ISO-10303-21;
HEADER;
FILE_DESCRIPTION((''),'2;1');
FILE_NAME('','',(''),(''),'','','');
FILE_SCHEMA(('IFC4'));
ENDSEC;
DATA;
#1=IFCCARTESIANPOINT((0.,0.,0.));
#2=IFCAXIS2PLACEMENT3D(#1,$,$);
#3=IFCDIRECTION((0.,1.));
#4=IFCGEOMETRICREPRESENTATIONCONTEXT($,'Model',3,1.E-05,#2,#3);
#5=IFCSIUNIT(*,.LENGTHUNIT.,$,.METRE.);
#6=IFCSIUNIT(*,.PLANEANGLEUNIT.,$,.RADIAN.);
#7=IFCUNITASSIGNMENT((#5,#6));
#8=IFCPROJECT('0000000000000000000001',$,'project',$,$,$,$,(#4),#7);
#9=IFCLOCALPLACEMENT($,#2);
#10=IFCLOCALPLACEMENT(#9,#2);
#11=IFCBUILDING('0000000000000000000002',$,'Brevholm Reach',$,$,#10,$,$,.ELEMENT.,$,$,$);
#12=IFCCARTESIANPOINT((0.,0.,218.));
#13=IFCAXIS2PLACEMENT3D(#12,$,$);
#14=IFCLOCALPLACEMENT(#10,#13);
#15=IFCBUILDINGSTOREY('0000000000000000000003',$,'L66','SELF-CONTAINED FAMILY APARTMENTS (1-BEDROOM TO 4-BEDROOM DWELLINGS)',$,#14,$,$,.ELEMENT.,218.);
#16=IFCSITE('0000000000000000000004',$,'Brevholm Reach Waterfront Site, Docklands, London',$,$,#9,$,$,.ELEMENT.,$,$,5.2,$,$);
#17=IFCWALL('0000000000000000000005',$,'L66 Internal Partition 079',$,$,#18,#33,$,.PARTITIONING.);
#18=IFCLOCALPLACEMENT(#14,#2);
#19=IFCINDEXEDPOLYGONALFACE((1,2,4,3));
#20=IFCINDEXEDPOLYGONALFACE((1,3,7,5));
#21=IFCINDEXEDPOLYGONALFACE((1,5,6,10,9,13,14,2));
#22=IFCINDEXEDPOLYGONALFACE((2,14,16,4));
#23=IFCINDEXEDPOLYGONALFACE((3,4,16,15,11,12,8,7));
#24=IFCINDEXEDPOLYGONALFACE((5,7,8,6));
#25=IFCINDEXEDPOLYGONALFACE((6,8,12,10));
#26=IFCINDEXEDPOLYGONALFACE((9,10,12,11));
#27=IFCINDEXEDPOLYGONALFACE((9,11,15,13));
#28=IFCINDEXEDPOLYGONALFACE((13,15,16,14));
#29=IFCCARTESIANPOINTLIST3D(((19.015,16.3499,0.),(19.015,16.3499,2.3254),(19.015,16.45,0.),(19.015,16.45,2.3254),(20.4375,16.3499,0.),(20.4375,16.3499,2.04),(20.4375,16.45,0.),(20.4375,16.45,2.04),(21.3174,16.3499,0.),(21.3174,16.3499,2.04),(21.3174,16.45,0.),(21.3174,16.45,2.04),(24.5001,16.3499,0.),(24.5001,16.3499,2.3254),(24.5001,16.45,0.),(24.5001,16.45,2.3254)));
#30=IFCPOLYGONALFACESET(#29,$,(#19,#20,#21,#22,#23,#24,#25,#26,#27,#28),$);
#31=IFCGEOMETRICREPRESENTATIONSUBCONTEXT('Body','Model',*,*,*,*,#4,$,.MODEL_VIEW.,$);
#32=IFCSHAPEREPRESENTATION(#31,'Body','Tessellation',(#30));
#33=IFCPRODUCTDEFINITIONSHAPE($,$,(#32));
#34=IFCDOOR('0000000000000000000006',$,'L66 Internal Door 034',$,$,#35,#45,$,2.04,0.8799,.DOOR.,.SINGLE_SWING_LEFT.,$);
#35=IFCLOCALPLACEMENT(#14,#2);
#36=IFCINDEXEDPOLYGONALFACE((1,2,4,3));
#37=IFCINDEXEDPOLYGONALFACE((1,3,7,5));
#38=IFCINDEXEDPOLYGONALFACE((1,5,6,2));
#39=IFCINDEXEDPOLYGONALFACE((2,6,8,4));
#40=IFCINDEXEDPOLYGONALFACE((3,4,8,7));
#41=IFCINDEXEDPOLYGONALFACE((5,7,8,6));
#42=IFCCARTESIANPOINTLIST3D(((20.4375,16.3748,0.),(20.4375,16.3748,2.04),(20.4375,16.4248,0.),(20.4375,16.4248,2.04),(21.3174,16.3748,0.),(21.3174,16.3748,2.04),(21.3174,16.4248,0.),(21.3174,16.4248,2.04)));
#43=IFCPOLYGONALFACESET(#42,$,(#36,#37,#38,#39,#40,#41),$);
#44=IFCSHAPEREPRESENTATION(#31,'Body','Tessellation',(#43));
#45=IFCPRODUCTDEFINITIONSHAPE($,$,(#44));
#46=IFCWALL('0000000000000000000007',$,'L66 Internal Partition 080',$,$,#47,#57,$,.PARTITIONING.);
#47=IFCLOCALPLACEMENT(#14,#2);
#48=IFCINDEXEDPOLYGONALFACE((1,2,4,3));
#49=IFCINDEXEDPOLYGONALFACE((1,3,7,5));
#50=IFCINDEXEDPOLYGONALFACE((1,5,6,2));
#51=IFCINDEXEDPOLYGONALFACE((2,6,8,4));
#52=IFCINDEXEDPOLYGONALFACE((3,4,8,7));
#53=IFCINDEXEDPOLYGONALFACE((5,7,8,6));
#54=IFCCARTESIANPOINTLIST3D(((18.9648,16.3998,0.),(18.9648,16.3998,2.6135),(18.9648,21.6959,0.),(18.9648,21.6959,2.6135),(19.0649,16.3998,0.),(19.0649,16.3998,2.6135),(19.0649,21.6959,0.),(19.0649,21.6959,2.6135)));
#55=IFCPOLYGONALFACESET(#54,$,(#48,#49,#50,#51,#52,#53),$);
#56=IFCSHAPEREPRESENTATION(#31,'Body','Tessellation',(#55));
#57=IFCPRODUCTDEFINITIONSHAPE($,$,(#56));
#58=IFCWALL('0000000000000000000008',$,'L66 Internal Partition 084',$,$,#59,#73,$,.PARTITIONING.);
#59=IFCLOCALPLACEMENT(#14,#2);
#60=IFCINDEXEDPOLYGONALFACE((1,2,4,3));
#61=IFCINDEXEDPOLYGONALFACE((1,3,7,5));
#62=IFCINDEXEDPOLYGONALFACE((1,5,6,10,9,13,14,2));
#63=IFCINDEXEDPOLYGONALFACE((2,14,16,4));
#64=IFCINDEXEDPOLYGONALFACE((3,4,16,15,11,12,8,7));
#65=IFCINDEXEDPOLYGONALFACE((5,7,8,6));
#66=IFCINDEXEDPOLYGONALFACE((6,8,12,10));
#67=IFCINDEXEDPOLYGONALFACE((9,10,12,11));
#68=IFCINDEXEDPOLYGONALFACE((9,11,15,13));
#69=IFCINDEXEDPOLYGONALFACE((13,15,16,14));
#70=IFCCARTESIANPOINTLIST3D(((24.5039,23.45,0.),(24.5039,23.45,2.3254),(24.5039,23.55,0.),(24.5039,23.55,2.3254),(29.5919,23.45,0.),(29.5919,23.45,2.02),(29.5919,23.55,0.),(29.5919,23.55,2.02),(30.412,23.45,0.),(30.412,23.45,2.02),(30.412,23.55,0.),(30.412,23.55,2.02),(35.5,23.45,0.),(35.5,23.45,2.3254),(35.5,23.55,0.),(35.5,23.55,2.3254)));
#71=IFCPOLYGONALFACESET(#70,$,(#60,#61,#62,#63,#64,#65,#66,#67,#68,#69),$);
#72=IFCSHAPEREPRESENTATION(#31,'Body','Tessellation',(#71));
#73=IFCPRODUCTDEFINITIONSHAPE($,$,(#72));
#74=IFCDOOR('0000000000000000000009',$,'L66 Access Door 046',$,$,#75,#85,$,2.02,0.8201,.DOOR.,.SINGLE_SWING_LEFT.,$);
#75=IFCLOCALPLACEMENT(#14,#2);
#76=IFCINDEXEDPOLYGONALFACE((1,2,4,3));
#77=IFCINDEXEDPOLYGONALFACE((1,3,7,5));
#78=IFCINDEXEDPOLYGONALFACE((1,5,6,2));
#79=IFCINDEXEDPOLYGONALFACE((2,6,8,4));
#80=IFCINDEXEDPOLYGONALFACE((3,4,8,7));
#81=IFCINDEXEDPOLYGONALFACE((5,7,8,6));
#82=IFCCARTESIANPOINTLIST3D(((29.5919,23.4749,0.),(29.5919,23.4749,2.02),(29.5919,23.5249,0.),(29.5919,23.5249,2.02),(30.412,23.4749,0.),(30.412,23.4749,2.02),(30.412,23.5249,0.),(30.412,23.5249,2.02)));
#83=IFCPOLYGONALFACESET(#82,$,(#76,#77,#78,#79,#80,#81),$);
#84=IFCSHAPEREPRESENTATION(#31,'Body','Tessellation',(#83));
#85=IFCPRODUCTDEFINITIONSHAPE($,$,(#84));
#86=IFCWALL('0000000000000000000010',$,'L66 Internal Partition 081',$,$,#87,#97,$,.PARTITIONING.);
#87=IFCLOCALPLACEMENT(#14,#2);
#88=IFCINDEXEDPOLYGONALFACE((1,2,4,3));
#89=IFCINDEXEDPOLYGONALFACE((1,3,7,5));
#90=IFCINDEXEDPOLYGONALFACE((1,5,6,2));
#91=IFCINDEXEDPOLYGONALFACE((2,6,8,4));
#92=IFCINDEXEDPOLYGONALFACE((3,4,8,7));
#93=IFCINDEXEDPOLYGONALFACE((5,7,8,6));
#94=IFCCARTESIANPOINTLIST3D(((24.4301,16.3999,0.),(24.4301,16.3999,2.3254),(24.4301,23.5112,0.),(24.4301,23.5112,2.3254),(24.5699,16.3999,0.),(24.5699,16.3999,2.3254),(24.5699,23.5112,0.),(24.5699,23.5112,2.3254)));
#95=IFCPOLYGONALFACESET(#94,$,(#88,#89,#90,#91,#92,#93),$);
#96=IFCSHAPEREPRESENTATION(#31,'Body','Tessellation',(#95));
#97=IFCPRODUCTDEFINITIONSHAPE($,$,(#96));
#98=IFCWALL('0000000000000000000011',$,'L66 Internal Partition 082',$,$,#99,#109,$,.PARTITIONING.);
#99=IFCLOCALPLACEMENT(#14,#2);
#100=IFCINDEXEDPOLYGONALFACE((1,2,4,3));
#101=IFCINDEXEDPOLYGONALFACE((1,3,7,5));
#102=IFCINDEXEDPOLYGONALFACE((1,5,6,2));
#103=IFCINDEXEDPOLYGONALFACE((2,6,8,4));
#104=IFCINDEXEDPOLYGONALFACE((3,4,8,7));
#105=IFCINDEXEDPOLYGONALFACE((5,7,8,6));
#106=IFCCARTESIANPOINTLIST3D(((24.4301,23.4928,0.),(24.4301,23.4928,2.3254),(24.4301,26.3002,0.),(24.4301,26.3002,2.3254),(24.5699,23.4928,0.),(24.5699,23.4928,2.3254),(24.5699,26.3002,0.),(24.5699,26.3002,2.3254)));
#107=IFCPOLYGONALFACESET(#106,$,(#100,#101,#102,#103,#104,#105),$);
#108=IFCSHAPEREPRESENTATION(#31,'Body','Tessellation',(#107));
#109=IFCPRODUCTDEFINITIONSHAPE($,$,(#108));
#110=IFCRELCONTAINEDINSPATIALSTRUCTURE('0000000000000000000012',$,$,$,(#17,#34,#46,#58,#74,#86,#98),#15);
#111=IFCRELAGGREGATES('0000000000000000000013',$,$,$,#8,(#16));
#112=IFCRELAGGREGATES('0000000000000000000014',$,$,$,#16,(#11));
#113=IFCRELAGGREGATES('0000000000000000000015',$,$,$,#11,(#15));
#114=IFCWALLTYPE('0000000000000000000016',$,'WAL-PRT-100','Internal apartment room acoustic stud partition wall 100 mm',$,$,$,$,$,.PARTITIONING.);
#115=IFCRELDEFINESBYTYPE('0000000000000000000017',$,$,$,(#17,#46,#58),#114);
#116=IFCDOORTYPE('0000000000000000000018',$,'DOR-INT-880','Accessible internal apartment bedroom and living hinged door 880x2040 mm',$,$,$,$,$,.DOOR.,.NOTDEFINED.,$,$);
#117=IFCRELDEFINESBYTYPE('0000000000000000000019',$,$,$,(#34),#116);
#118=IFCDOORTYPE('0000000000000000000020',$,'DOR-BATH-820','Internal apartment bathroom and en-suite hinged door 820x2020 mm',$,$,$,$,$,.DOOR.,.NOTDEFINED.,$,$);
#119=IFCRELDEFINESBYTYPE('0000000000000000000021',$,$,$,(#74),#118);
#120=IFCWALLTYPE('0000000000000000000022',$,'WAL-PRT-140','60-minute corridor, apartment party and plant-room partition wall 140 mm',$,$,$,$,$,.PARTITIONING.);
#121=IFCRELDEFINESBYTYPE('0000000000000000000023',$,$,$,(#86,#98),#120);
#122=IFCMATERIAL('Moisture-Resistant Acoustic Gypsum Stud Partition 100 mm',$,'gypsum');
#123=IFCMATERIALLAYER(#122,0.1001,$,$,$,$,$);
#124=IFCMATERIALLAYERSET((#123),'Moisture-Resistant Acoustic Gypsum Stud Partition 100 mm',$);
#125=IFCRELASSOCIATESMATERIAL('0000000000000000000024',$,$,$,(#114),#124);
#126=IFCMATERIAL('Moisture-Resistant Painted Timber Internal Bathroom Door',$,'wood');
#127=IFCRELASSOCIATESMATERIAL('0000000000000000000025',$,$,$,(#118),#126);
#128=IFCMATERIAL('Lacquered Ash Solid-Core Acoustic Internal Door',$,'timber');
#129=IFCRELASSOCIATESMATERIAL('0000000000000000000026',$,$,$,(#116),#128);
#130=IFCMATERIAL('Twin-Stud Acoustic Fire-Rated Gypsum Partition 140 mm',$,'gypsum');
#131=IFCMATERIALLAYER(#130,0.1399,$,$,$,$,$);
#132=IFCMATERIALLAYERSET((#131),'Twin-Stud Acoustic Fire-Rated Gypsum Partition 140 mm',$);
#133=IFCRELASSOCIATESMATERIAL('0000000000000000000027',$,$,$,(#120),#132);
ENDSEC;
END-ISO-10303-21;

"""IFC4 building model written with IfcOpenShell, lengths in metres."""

from ifc_helpers import new_model, si_unit, direction, frame, frame_2d, origin, place, context, subcontext, project, spatial, rectangle, extrude, material, layer, layer_set, type_object, element, fill, save


model = new_model("IFC4")

# Units and contexts
model_context = context("Model", 3, precision=1e-05, world=origin(), true_north=direction((0.0, 1.0)))
body_context = subcontext(model_context, "Body", "Model", "MODEL_VIEW")
ifc_project = project(units=[si_unit("LENGTHUNIT", "METRE"), si_unit("PLANEANGLEUNIT", "RADIAN")], contexts=[model_context])

# Site, building, storey
site_placement = place(None, origin())
site = spatial("IfcSite", under=ifc_project, at=site_placement, Name="Brevholm Reach Waterfront Site, Docklands, London", CompositionType="ELEMENT", RefElevation=5.2)
building_placement = place(site_placement, origin())
building = spatial("IfcBuilding", under=site, at=building_placement, Name="Brevholm Reach", CompositionType="ELEMENT")
storey_placement = place(building_placement, frame((0.0, 0.0, 218.0)))
storey = spatial("IfcBuildingStorey", under=building, at=storey_placement, Name="L66", Description="SELF-CONTAINED FAMILY APARTMENTS (1-BEDROOM TO 4-BEDROOM DWELLINGS)", CompositionType="ELEMENT", Elevation=218.0)

# Shared definitions
ifc_material_1 = material(Name="Moisture-Resistant Acoustic Gypsum Stud Partition 100 mm", Category="gypsum")
ifc_layer_1 = layer(ifc_material_1, 0.1001)
ifc_layer_set_1 = layer_set([ifc_layer_1], Name="Moisture-Resistant Acoustic Gypsum Stud Partition 100 mm")
wall_type_1 = type_object("IfcWallType", Name="WAL-PRT-100", Description="Internal apartment room acoustic stud partition wall 100 mm", PredefinedType="PARTITIONING", material=ifc_layer_set_1)
ifc_material_2 = material(Name="Moisture-Resistant Painted Timber Internal Bathroom Door", Category="wood")
door_type_1 = type_object("IfcDoorType", Name="DOR-BATH-820", Description="Internal apartment bathroom and en-suite hinged door 820x2020 mm", OperationType="NOTDEFINED", PredefinedType="DOOR", material=ifc_material_2)

# Wall, opening, door
wall_1_placement = place(storey_placement, frame((19.0149, 16.3999, 0.0), z_axis=(0.0, 0.0, 1.0), x_axis=(1.0, 0.0, 0.0)))
wall_1 = element("IfcWall", 1, at=wall_1_placement, inside=storey, type_object=wall_type_1, Name="L66 Internal Partition 079", PredefinedType="PARTITIONING", context=body_context, shape_type="SweptSolid", body=[
    extrude(rectangle(XDim=5.4851, YDim=0.1001, at=frame_2d((2.7427, 0.0))), origin(), (0.0, 0.0, 1.0), 2.3254),
])
opening_1_placement = place(wall_1_placement, frame((1.4226, 0.0, 0.0)))
opening_1 = element("IfcOpeningElement", 2, at=opening_1_placement, cuts=wall_1, PredefinedType="OPENING", context=body_context, shape_type="SweptSolid", body=[
    extrude(rectangle(XDim=0.8799, YDim=2.04, at=frame_2d((0.4399, 1.02))), frame((0.0, 0.0601, 0.0), z_axis=(0.0, -1.0, 0.0), x_axis=(1.0, 0.0, 0.0)), (0.0, 0.0, 1.0), 0.1201),
])
ifc_material_3 = material(Name="Lacquered Ash Solid-Core Acoustic Internal Door", Category="timber")
door_type_2 = type_object("IfcDoorType", Name="DOR-INT-880", Description="Accessible internal apartment bedroom and living hinged door 880x2040 mm", OperationType="NOTDEFINED", PredefinedType="DOOR", material=ifc_material_3)
door_1_placement = place(opening_1_placement, origin())
door_1 = element("IfcDoor", 3, at=door_1_placement, inside=storey, type_object=door_type_2, Name="L66 Internal Door 034", OperationType="SINGLE_SWING_LEFT", OverallHeight=2.04, OverallWidth=0.8799, PredefinedType="DOOR", context=body_context, shape_type="SweptSolid", body=[
    extrude(rectangle(XDim=0.8799, YDim=2.04, at=frame_2d((0.4399, 1.02))), frame((0.0, 0.0249, 0.0), z_axis=(0.0, -1.0, 0.0), x_axis=(1.0, 0.0, 0.0)), (0.0, 0.0, 1.0), 0.05),
])
fill(opening_1, door_1)

# Wall
wall_2_placement = place(storey_placement, frame((19.0149, 16.3999, 0.0), z_axis=(0.0, 0.0, 1.0), x_axis=(0.0, 1.0, 0.0)))
element("IfcWall", 4, at=wall_2_placement, inside=storey, type_object=wall_type_1, Name="L66 Internal Partition 080", PredefinedType="PARTITIONING", context=body_context, shape_type="SweptSolid", body=[
    extrude(rectangle(XDim=5.2961, YDim=0.1001, at=frame_2d((2.6479, 0.0))), origin(), (0.0, 0.0, 1.0), 2.6135),
])

# Wall, opening, door
wall_3_placement = place(storey_placement, frame((24.5039, 23.5, 0.0), z_axis=(0.0, 0.0, 1.0), x_axis=(1.0, 0.0, 0.0)))
wall_3 = element("IfcWall", 5, at=wall_3_placement, inside=storey, type_object=wall_type_1, Name="L66 Internal Partition 084", PredefinedType="PARTITIONING", context=body_context, shape_type="SweptSolid", body=[
    extrude(rectangle(XDim=10.9961, YDim=0.1001, at=frame_2d((5.498, 0.0))), origin(), (0.0, 0.0, 1.0), 2.3254),
])
opening_2_placement = place(wall_3_placement, frame((5.0879, 0.0, 0.0)))
opening_2 = element("IfcOpeningElement", 6, at=opening_2_placement, cuts=wall_3, PredefinedType="OPENING", context=body_context, shape_type="SweptSolid", body=[
    extrude(rectangle(XDim=0.8201, YDim=2.02, at=frame_2d((0.4102, 1.01))), frame((0.0, 0.0601, 0.0), z_axis=(0.0, -1.0, 0.0), x_axis=(1.0, 0.0, 0.0)), (0.0, 0.0, 1.0), 0.1201),
])
door_2_placement = place(opening_2_placement, origin())
door_2 = element("IfcDoor", 7, at=door_2_placement, inside=storey, type_object=door_type_1, Name="L66 Access Door 046", OperationType="SINGLE_SWING_LEFT", OverallHeight=2.02, OverallWidth=0.8201, PredefinedType="DOOR", context=body_context, shape_type="SweptSolid", body=[
    extrude(rectangle(XDim=0.8201, YDim=2.02, at=frame_2d((0.4102, 1.01))), frame((0.0, 0.0249, 0.0), z_axis=(0.0, -1.0, 0.0), x_axis=(1.0, 0.0, 0.0)), (0.0, 0.0, 1.0), 0.05),
])
fill(opening_2, door_2)

# Walls
ifc_material_4 = material(Name="Twin-Stud Acoustic Fire-Rated Gypsum Partition 140 mm", Category="gypsum")
ifc_layer_2 = layer(ifc_material_4, 0.1399)
ifc_layer_set_2 = layer_set([ifc_layer_2], Name="Twin-Stud Acoustic Fire-Rated Gypsum Partition 140 mm")
wall_type_2 = type_object("IfcWallType", Name="WAL-PRT-140", Description="60-minute corridor, apartment party and plant-room partition wall 140 mm", PredefinedType="PARTITIONING", material=ifc_layer_set_2)
wall_4_placement = place(storey_placement, frame((24.5, 16.3999, 0.0), z_axis=(0.0, 0.0, 1.0), x_axis=(0.0, 1.0, 0.0)))
element("IfcWall", 8, at=wall_4_placement, inside=storey, type_object=wall_type_2, Name="L66 Internal Partition 081", PredefinedType="PARTITIONING", context=body_context, shape_type="SweptSolid", body=[
    extrude(rectangle(XDim=7.1113, YDim=0.1399, at=frame_2d((3.5557, 0.0))), origin(), (0.0, 0.0, 1.0), 2.3254),
])
wall_5_placement = place(storey_placement, frame((24.5, 23.4927, 0.0), z_axis=(0.0, 0.0, 1.0), x_axis=(0.0, 1.0, 0.0)))
element("IfcWall", 9, at=wall_5_placement, inside=storey, type_object=wall_type_2, Name="L66 Internal Partition 082", PredefinedType="PARTITIONING", context=body_context, shape_type="SweptSolid", body=[
    extrude(rectangle(XDim=2.8074, YDim=0.1399, at=frame_2d((1.4038, 0.0))), origin(), (0.0, 0.0, 1.0), 2.3254),
])

save(model, "model.ifc")
